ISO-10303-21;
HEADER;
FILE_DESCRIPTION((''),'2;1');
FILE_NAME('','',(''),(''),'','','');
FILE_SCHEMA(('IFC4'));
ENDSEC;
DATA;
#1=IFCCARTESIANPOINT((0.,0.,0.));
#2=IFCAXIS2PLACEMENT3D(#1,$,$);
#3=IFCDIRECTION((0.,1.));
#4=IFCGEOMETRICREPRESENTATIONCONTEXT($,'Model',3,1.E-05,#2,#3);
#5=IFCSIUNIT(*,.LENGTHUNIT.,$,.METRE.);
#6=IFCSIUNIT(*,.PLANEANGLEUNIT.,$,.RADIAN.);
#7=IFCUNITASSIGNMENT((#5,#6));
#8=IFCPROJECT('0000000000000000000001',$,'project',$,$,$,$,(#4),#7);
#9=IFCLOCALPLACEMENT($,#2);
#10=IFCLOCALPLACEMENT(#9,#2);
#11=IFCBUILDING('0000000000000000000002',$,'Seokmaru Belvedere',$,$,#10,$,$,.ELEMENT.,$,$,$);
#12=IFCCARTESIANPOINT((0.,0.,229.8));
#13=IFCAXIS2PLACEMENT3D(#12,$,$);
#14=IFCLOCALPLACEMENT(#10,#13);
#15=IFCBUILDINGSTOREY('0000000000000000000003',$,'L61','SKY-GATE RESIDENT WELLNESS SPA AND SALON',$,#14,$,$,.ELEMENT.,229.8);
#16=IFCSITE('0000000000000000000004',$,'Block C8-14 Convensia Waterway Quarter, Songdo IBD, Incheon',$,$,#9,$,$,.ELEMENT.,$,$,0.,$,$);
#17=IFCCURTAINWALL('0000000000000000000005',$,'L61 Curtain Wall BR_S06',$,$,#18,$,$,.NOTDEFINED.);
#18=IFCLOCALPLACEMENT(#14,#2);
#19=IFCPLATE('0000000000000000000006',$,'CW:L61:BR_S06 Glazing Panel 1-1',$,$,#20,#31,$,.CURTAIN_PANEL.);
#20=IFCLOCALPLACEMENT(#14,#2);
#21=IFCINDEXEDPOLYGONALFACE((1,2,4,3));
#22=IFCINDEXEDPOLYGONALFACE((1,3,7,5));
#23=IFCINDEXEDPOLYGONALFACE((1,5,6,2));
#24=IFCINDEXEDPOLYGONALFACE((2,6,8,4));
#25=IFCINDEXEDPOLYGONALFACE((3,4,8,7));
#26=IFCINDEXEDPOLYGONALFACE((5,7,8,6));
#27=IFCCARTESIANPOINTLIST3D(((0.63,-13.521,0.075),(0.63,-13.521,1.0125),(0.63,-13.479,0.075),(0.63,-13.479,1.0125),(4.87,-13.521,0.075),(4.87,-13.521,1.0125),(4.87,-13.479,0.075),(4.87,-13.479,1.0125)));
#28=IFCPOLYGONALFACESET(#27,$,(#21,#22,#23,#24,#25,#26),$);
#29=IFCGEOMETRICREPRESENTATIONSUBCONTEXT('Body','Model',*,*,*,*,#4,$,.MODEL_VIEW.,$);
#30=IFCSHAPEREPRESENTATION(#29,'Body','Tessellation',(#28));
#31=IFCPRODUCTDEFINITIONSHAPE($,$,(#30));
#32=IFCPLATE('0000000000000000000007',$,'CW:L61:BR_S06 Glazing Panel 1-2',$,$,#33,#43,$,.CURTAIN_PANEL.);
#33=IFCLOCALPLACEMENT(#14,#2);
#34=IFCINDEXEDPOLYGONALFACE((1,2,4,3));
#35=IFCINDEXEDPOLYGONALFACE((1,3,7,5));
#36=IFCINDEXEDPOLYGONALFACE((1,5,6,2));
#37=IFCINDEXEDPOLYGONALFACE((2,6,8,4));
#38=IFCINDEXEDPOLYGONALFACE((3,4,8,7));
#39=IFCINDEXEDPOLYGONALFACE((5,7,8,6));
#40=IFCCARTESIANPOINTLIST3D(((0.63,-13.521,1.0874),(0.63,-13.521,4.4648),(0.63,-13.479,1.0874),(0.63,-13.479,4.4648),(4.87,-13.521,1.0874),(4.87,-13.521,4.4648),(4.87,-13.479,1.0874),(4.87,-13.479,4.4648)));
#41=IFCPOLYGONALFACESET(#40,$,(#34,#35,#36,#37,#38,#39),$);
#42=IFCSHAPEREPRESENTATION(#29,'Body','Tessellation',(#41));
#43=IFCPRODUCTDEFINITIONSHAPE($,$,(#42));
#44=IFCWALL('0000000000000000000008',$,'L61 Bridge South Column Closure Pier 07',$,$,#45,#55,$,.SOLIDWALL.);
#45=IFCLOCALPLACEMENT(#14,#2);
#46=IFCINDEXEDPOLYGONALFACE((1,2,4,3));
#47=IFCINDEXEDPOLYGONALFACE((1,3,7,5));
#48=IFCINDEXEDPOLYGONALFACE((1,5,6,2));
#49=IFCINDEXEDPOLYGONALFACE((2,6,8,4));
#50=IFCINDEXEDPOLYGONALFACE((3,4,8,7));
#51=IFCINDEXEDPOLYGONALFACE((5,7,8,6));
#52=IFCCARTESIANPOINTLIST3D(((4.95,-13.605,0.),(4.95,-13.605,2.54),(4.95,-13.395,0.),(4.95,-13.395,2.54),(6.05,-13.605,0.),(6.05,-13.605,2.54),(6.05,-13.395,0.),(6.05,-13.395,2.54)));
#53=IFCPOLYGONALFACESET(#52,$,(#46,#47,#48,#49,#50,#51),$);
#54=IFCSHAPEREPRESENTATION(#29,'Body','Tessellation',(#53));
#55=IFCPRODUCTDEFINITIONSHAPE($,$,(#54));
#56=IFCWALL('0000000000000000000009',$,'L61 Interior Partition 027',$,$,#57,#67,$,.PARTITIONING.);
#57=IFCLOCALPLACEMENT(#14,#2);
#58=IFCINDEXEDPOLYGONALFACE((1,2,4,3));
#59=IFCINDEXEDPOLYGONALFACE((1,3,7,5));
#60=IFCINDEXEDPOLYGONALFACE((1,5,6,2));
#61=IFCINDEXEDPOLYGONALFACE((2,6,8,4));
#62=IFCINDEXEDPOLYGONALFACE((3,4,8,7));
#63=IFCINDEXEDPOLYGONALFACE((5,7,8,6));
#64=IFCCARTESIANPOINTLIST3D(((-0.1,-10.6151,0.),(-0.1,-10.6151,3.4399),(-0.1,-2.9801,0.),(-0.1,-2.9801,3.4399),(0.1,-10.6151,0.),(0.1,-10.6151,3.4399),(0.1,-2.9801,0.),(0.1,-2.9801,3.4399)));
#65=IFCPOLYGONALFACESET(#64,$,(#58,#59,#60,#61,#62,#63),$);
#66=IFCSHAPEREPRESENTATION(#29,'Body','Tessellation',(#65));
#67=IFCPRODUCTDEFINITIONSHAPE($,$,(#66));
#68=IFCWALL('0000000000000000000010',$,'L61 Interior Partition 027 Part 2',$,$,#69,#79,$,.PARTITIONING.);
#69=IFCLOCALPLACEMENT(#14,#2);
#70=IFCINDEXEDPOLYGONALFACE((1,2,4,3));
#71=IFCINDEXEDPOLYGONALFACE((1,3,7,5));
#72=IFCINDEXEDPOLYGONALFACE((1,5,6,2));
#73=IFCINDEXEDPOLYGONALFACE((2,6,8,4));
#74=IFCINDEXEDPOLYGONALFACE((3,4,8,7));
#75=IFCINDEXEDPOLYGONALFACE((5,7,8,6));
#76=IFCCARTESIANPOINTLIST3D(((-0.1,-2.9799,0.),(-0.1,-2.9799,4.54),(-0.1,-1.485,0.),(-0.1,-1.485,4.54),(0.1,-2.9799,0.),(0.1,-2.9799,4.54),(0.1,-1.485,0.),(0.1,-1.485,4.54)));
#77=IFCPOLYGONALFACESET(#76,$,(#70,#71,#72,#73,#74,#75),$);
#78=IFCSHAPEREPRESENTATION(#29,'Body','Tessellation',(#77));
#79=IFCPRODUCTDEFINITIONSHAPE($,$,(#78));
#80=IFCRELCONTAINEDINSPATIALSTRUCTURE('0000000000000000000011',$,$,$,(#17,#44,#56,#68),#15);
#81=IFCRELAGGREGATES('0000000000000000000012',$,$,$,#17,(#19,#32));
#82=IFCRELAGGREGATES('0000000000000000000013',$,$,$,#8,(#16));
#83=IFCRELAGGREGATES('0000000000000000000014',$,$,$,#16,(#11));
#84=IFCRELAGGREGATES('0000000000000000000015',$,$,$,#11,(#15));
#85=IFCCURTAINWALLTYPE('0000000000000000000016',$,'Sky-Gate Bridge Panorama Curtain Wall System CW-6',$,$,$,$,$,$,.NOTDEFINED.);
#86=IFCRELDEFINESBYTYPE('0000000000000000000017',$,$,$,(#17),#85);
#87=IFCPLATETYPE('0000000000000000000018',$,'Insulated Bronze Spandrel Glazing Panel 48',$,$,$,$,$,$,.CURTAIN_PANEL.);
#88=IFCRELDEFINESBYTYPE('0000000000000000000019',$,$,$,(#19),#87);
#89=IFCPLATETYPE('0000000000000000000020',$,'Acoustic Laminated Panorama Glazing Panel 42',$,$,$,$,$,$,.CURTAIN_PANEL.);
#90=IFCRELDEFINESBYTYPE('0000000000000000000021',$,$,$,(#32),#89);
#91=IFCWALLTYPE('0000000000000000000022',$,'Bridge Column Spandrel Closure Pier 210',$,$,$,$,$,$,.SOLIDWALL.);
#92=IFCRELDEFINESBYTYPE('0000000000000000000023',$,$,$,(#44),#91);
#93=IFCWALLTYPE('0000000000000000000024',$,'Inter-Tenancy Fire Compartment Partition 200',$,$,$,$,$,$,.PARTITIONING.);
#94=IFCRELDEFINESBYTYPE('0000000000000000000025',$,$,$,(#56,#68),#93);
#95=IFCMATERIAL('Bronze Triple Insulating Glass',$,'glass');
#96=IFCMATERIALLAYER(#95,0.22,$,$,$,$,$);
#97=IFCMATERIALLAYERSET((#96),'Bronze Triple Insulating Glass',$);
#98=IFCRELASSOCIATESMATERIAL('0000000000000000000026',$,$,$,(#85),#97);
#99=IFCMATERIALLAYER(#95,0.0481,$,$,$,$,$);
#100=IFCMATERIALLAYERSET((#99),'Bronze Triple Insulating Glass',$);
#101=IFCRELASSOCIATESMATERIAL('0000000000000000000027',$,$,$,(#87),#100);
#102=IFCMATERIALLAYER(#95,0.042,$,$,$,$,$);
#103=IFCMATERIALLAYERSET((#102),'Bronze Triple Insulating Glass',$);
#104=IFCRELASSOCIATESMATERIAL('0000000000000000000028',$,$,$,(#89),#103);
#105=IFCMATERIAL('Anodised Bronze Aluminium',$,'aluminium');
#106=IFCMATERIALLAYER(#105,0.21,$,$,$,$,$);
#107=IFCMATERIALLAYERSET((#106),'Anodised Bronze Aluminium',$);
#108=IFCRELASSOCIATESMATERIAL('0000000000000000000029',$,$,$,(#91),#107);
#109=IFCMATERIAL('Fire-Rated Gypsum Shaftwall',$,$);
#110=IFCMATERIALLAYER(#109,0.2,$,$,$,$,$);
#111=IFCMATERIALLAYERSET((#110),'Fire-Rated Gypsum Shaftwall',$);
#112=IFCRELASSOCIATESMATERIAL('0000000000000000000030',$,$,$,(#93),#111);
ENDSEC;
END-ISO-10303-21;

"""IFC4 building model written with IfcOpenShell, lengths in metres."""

from ifc_helpers import new_model, si_unit, direction, frame, frame_2d, origin, origin_2d, place, context, subcontext, project, spatial, rectangle, extrude, source, transform, mapped, material, layer, layer_set, type_object, type_shapes, element, aggregate, save


model = new_model("IFC4")

# Units and contexts
model_context = context("Model", 3, precision=1e-05, world=origin(), true_north=direction((0.0, 1.0)))
body_context = subcontext(model_context, "Body", "Model", "MODEL_VIEW")
ifc_project = project(units=[si_unit("LENGTHUNIT", "METRE"), si_unit("PLANEANGLEUNIT", "RADIAN")], contexts=[model_context])

# Site, building, storey
site_placement = place(None, origin())
site = spatial("IfcSite", under=ifc_project, at=site_placement, Name="Block C8-14 Convensia Waterway Quarter, Songdo IBD, Incheon", CompositionType="ELEMENT", RefElevation=0.0)
building_placement = place(site_placement, origin())
building = spatial("IfcBuilding", under=site, at=building_placement, Name="Seokmaru Belvedere", CompositionType="ELEMENT")
storey_placement = place(building_placement, frame((0.0, 0.0, 229.8)))
storey = spatial("IfcBuildingStorey", under=building, at=storey_placement, Name="L61", Description="SKY-GATE RESIDENT WELLNESS SPA AND SALON", CompositionType="ELEMENT", Elevation=229.8)

# Curtain wall
ifc_material_1 = material(Name="Bronze Triple Insulating Glass", Category="glass")
ifc_layer_1 = layer(ifc_material_1, 0.22)
ifc_layer_set_1 = layer_set([ifc_layer_1], Name="Bronze Triple Insulating Glass")
curtain_wall_type = type_object("IfcCurtainWallType", Name="Sky-Gate Bridge Panorama Curtain Wall System CW-6", PredefinedType="NOTDEFINED", material=ifc_layer_set_1)
curtain_wall_placement = place(storey_placement, origin())
curtain_wall = element("IfcCurtainWall", 1, at=curtain_wall_placement, inside=storey, type_object=curtain_wall_type, Name="L61 Curtain Wall BR_S06", PredefinedType="NOTDEFINED")
ifc_material_2 = material(Name="Anodised Bronze Aluminium", Category="aluminium")

# Plates
ifc_layer_2 = layer(ifc_material_1, 0.0481)
ifc_layer_set_2 = layer_set([ifc_layer_2], Name="Bronze Triple Insulating Glass")
plate_type_1 = type_object("IfcPlateType", Name="Insulated Bronze Spandrel Glazing Panel 48", PredefinedType="CURTAIN_PANEL", material=ifc_layer_set_2)
shared_shape_1 = source(origin(), body_context, "Body", "SweptSolid", [
    extrude(rectangle(XDim=4.24, YDim=0.042, at=origin_2d()), origin(), (0.0, 0.0, 1.0), 0.9375),
])
type_shapes(plate_type_1, [shared_shape_1])
plate_1_placement = place(storey_placement, frame((2.75, -13.5, 0.075), z_axis=(0.0, 0.0, 1.0), x_axis=(1.0, 0.0, 0.0)))
plate_1 = element("IfcPlate", 2, at=plate_1_placement, type_object=plate_type_1, Name="CW:L61:BR_S06 Glazing Panel 1-1", PredefinedType="CURTAIN_PANEL", context=body_context, shape_type="MappedRepresentation", body=[
    mapped(shared_shape_1, transform((0.0, 0.0, 0.0), scale=1.0)),
])
ifc_layer_3 = layer(ifc_material_1, 0.042)
ifc_layer_set_3 = layer_set([ifc_layer_3], Name="Bronze Triple Insulating Glass")
plate_type_2 = type_object("IfcPlateType", Name="Acoustic Laminated Panorama Glazing Panel 42", PredefinedType="CURTAIN_PANEL", material=ifc_layer_set_3)
shared_shape_2 = source(origin(), body_context, "Body", "SweptSolid", [
    extrude(rectangle(XDim=4.24, YDim=0.042, at=origin_2d()), origin(), (0.0, 0.0, 1.0), 3.3774),
])
type_shapes(plate_type_2, [shared_shape_2])
plate_2_placement = place(storey_placement, frame((2.75, -13.5, 1.0874), z_axis=(0.0, 0.0, 1.0), x_axis=(1.0, 0.0, 0.0)))
plate_2 = element("IfcPlate", 3, at=plate_2_placement, type_object=plate_type_2, Name="CW:L61:BR_S06 Glazing Panel 1-2", PredefinedType="CURTAIN_PANEL", context=body_context, shape_type="MappedRepresentation", body=[
    mapped(shared_shape_2, transform((0.0, 0.0, 0.0), scale=1.0)),
])
aggregate(curtain_wall, [plate_1, plate_2])

# Walls
ifc_layer_4 = layer(ifc_material_2, 0.21)
ifc_layer_set_4 = layer_set([ifc_layer_4], Name="Anodised Bronze Aluminium")
wall_type_1 = type_object("IfcWallType", Name="Bridge Column Spandrel Closure Pier 210", PredefinedType="SOLIDWALL", material=ifc_layer_set_4)
wall_1_placement = place(storey_placement, frame((4.95, -13.5, 0.0), z_axis=(0.0, 0.0, 1.0), x_axis=(1.0, 0.0, 0.0)))
element("IfcWall", 4, at=wall_1_placement, inside=storey, type_object=wall_type_1, Name="L61 Bridge South Column Closure Pier 07", PredefinedType="SOLIDWALL", context=body_context, shape_type="SweptSolid", body=[
    extrude(rectangle(XDim=1.1001, YDim=0.21, at=frame_2d((0.55, 0.0))), origin(), (0.0, 0.0, 1.0), 2.54),
])
ifc_material_3 = material(Name="Fire-Rated Gypsum Shaftwall")
ifc_layer_5 = layer(ifc_material_3, 0.2)
ifc_layer_set_5 = layer_set([ifc_layer_5], Name="Fire-Rated Gypsum Shaftwall")
wall_type_2 = type_object("IfcWallType", Name="Inter-Tenancy Fire Compartment Partition 200", PredefinedType="PARTITIONING", material=ifc_layer_set_5)
wall_2_placement = place(storey_placement, frame((0.0, -10.615, 0.0), z_axis=(0.0, 0.0, 1.0), x_axis=(0.0, 1.0, 0.0)))
element("IfcWall", 5, at=wall_2_placement, inside=storey, type_object=wall_type_2, Name="L61 Interior Partition 027", PredefinedType="PARTITIONING", context=body_context, shape_type="SweptSolid", body=[
    extrude(rectangle(XDim=7.635, YDim=0.2, at=frame_2d((3.8174, 0.0))), origin(), (0.0, 0.0, 1.0), 3.4399),
])
wall_3_placement = place(storey_placement, frame((0.0, -2.98, 0.0), z_axis=(0.0, 0.0, 1.0), x_axis=(0.0, 1.0, 0.0)))
element("IfcWall", 6, at=wall_3_placement, inside=storey, type_object=wall_type_2, Name="L61 Interior Partition 027 Part 2", PredefinedType="PARTITIONING", context=body_context, shape_type="SweptSolid", body=[
    extrude(rectangle(XDim=1.4949, YDim=0.2, at=frame_2d((0.7476, 0.0))), origin(), (0.0, 0.0, 1.0), 4.54),
])

save(model, "model.ifc")
